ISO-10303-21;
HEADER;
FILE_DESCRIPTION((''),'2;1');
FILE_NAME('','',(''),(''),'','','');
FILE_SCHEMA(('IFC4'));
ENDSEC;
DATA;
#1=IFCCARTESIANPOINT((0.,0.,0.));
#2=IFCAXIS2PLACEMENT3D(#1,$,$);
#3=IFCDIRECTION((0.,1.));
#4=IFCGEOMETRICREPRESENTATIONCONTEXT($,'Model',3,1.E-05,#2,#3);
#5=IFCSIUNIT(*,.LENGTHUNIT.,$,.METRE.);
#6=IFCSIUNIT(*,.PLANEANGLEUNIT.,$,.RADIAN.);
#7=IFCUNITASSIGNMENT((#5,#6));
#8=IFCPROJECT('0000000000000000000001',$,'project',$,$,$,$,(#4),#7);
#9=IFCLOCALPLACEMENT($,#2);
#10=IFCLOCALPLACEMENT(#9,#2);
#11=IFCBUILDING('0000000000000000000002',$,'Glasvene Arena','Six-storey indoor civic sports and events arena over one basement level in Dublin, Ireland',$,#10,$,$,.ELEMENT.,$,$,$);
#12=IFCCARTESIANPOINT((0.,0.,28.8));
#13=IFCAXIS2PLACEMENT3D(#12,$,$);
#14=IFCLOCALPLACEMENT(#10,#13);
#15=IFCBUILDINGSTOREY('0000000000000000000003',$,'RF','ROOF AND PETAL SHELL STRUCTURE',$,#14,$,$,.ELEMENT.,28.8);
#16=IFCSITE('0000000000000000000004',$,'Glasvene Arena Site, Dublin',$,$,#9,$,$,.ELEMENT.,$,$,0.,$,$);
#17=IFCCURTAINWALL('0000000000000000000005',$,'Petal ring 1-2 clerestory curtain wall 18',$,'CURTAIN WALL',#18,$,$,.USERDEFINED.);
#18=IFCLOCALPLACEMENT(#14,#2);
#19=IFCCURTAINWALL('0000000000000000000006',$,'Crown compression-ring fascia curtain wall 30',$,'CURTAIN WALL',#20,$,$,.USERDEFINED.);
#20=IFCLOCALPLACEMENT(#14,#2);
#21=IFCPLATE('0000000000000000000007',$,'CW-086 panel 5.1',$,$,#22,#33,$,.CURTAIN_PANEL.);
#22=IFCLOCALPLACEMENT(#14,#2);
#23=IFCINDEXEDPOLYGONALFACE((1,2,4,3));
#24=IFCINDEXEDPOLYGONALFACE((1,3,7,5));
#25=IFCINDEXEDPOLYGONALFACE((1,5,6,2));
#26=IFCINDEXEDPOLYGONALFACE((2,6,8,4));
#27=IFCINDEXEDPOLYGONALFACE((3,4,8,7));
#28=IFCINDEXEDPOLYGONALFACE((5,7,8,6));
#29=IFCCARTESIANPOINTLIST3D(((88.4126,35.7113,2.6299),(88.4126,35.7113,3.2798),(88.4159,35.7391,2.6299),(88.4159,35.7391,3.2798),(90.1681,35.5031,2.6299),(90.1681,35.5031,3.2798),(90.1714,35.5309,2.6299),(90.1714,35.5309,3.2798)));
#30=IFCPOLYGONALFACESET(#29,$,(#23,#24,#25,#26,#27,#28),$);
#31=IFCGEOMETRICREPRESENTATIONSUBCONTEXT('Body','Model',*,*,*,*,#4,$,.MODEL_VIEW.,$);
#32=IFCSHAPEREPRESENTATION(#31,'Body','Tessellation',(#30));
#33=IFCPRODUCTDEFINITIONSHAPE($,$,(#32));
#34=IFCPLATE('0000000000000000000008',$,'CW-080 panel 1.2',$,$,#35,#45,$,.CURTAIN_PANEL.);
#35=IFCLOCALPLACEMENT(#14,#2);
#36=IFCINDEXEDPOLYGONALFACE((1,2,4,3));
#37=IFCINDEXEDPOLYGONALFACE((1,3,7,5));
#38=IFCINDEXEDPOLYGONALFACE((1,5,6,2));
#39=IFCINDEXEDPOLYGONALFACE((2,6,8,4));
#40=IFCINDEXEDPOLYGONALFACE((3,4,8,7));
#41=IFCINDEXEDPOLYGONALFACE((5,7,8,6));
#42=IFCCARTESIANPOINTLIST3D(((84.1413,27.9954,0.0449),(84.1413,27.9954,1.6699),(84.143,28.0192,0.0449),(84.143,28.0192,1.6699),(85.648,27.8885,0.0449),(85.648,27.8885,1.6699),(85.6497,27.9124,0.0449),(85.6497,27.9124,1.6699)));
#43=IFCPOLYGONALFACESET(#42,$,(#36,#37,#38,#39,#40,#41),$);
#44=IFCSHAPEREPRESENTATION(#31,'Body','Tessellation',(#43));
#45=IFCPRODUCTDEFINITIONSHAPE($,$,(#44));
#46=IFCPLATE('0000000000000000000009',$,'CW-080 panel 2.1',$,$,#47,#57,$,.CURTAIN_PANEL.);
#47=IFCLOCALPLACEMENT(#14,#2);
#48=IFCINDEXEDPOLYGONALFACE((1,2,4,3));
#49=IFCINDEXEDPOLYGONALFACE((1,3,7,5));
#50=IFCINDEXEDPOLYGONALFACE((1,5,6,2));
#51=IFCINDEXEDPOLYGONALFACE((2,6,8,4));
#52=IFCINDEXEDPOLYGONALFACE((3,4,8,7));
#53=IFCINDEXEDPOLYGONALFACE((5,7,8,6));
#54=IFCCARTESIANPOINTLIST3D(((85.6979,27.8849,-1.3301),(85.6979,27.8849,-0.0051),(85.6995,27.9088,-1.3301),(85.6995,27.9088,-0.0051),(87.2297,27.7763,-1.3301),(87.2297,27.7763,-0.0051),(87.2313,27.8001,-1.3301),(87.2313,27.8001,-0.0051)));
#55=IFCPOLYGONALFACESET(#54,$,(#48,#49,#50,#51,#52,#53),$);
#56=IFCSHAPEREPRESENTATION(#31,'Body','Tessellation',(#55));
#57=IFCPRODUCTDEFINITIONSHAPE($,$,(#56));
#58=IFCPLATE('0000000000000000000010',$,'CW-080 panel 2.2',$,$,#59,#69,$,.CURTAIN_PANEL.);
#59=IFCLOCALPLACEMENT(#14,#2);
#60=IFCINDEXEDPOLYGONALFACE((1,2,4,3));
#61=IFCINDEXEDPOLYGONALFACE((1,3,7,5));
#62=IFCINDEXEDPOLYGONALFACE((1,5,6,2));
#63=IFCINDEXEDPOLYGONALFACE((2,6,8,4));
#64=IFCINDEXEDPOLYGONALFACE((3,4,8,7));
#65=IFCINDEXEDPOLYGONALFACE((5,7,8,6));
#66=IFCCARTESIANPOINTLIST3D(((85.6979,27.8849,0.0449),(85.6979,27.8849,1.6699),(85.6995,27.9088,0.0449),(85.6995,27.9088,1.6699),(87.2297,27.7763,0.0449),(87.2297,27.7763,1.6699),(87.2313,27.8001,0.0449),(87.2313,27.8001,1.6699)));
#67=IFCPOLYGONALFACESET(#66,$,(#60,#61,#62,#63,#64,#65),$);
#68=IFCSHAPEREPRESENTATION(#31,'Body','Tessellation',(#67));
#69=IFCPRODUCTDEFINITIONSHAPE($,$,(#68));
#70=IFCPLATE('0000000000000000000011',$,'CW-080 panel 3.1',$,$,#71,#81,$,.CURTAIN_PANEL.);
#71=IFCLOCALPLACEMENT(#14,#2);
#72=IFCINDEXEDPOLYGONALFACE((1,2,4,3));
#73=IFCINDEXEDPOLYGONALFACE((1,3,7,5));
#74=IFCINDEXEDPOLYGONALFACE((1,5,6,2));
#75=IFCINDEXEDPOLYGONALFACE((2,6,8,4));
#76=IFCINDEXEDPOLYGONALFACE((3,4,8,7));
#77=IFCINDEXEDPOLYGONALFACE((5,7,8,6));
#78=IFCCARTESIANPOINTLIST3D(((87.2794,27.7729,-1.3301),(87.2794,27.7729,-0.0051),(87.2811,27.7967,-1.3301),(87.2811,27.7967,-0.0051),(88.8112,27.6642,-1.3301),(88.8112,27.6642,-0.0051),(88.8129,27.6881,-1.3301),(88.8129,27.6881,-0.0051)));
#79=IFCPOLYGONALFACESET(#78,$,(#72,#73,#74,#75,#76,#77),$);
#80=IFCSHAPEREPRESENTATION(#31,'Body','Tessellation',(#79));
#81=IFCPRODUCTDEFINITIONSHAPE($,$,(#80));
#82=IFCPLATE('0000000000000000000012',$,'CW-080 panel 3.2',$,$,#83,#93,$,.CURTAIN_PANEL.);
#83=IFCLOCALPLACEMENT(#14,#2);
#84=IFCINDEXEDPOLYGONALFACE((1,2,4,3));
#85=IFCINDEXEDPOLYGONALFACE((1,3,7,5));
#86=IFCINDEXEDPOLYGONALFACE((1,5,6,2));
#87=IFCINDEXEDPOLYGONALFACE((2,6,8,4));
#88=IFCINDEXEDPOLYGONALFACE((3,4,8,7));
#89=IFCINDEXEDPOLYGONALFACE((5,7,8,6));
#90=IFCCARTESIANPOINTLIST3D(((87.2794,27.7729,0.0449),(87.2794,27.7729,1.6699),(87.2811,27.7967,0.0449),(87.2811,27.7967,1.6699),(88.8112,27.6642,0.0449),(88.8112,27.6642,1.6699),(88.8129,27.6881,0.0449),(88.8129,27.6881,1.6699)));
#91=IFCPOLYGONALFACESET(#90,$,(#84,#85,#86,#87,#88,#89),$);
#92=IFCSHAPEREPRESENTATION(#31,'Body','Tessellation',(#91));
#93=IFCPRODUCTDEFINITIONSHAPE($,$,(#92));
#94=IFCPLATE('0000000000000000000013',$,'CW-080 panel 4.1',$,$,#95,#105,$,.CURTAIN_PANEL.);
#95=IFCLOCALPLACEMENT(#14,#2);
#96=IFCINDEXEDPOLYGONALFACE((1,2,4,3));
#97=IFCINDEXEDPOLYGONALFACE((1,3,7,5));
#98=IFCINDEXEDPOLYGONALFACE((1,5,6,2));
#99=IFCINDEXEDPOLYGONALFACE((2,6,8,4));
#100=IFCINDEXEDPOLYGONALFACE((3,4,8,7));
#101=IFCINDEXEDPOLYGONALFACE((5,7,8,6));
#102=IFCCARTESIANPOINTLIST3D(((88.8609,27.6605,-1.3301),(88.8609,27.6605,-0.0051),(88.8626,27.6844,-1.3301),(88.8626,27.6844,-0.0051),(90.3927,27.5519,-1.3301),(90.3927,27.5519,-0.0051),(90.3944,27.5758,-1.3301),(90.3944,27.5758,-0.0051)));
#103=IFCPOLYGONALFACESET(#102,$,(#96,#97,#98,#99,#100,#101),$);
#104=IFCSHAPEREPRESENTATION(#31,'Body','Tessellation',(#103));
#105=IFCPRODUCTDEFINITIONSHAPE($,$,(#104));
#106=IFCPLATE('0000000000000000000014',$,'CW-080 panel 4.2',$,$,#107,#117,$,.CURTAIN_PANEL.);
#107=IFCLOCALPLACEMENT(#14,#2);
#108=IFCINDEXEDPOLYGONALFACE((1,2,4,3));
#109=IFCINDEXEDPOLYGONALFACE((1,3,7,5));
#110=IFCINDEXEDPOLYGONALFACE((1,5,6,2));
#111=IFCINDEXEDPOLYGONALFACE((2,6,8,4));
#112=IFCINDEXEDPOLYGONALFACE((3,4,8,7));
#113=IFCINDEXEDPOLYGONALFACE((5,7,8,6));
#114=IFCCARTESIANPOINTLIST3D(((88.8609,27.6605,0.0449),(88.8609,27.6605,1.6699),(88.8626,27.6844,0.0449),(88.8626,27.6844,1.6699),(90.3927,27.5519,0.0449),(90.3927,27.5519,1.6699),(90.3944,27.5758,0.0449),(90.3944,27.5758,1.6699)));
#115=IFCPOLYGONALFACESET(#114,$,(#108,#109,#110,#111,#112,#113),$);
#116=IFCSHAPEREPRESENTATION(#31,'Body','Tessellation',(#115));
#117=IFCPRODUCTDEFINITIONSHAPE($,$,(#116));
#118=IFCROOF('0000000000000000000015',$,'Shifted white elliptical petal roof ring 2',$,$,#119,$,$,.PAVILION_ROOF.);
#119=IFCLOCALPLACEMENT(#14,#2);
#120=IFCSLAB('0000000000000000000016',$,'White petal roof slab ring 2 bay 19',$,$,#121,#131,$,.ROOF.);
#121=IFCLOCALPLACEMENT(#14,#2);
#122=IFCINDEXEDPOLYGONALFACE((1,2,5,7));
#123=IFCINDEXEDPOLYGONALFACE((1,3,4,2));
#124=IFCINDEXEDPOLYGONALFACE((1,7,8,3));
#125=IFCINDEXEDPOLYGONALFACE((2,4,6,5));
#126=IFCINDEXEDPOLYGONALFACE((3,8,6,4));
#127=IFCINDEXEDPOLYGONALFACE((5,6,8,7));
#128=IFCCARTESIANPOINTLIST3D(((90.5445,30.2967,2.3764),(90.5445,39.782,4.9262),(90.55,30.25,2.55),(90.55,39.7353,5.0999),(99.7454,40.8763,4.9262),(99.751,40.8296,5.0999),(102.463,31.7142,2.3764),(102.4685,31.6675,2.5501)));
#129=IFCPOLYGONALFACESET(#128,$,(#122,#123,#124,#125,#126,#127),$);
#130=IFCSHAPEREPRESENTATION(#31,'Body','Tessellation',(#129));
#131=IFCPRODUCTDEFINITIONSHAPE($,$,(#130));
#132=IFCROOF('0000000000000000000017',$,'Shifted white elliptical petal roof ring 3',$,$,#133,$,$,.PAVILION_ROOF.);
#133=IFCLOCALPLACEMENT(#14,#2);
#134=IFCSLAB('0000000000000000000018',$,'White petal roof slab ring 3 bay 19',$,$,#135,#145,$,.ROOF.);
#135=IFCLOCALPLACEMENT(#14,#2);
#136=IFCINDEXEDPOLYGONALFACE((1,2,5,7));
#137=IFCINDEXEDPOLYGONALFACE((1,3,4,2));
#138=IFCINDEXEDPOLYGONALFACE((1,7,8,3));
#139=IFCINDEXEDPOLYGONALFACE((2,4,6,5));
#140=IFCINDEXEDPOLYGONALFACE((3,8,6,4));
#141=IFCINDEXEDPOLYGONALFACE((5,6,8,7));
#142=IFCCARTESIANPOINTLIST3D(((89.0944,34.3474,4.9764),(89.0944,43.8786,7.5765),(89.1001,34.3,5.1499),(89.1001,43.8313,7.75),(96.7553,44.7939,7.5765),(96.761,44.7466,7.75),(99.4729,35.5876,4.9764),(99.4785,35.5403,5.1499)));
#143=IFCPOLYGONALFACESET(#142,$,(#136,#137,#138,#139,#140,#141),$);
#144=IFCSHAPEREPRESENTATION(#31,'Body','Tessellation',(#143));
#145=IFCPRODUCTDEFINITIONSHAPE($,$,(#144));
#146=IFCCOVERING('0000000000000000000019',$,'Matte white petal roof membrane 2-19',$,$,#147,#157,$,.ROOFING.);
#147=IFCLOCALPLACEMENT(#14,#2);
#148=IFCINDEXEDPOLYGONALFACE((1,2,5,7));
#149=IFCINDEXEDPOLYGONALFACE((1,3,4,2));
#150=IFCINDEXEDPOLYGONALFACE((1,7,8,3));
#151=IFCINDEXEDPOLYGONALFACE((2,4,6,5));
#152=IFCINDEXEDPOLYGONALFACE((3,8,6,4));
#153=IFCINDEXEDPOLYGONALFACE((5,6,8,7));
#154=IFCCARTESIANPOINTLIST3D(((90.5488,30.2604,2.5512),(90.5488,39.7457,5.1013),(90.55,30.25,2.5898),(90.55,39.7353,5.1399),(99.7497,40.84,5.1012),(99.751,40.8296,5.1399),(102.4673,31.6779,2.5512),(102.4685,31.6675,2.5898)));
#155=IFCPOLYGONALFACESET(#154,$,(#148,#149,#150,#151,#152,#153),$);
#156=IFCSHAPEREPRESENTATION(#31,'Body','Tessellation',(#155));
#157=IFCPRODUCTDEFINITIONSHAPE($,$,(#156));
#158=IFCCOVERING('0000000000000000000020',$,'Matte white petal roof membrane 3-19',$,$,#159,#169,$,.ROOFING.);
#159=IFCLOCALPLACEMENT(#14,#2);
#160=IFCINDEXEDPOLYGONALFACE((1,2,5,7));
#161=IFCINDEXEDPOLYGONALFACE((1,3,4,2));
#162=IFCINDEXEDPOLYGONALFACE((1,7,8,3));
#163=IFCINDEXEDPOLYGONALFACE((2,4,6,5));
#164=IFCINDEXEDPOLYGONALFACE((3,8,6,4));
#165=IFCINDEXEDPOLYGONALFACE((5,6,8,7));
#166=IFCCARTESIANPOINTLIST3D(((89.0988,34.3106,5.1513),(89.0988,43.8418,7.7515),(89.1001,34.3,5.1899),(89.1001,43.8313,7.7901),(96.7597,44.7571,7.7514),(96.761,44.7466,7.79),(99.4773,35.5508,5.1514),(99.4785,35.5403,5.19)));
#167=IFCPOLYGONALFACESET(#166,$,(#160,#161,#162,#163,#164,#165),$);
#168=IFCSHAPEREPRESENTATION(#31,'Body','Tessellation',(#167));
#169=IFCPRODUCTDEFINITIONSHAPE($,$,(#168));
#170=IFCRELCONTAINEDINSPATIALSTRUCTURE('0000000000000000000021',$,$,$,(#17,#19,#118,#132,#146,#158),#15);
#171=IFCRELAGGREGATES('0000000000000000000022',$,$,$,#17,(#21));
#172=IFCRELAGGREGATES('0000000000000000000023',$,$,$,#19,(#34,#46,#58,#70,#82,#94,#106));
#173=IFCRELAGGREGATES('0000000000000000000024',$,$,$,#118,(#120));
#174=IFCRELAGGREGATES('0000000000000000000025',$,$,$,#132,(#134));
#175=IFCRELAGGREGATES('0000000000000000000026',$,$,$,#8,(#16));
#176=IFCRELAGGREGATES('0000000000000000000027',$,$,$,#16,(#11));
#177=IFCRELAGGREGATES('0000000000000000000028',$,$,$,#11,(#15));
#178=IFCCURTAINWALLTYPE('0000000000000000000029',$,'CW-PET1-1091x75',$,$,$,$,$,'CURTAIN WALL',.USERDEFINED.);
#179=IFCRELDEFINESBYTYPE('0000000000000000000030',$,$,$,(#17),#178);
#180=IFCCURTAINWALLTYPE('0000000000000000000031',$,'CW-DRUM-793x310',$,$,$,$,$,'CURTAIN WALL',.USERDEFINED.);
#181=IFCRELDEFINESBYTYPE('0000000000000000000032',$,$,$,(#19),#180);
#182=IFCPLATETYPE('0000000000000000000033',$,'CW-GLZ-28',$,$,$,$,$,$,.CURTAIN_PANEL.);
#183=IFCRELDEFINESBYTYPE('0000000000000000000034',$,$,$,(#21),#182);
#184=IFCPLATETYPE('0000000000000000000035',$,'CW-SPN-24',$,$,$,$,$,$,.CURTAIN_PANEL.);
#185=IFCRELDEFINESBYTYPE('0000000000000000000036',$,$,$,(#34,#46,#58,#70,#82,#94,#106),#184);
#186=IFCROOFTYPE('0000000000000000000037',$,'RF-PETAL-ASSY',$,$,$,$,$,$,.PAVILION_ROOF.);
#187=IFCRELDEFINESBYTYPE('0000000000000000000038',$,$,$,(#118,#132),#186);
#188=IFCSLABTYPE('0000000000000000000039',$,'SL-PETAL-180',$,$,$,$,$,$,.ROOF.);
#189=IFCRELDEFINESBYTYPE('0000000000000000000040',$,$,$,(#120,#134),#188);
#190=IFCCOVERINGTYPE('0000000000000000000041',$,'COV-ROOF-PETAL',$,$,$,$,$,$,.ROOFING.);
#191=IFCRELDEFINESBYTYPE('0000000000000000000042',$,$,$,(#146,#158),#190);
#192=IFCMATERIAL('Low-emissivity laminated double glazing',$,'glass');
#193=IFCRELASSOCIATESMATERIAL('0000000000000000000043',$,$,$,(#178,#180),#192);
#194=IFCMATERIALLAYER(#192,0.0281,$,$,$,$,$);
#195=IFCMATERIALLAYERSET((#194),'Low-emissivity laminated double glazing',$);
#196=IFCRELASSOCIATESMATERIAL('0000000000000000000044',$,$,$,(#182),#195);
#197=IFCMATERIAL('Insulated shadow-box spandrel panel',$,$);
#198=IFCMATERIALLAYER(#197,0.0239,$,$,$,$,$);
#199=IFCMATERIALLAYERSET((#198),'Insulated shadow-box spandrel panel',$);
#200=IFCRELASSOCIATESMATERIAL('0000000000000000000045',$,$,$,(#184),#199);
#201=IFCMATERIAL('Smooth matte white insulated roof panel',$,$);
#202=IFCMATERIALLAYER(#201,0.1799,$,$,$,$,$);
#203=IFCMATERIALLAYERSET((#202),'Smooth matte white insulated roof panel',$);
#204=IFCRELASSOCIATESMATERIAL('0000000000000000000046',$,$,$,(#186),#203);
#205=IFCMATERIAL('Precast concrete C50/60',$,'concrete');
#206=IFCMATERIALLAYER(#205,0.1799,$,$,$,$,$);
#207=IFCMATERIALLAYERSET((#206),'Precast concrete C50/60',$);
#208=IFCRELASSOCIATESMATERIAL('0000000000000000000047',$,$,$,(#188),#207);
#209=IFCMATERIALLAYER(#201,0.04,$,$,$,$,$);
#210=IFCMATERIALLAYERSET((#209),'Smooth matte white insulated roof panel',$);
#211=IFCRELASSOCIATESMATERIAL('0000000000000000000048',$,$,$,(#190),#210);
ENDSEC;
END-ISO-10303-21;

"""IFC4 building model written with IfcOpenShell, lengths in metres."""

from ifc_helpers import new_model, si_unit, direction, frame, origin, origin_2d, place, context, subcontext, project, spatial, polyline, rectangle, outline, extrude, material, layer, layer_set, type_object, element, aggregate, save


model = new_model("IFC4")

# Units and contexts
model_context = context("Model", 3, precision=1e-05, world=origin(), true_north=direction((0.0, 1.0)))
body_context = subcontext(model_context, "Body", "Model", "MODEL_VIEW")
ifc_project = project(units=[si_unit("LENGTHUNIT", "METRE"), si_unit("PLANEANGLEUNIT", "RADIAN")], contexts=[model_context])

# Site, building, storey
site_placement = place(None, origin())
site = spatial("IfcSite", under=ifc_project, at=site_placement, Name="Glasvene Arena Site, Dublin", CompositionType="ELEMENT", RefElevation=0.0)
building_placement = place(site_placement, origin())
building = spatial("IfcBuilding", under=site, at=building_placement, Name="Glasvene Arena", Description="Six-storey indoor civic sports and events arena over one basement level in Dublin, Ireland", CompositionType="ELEMENT")
storey_placement = place(building_placement, frame((0.0, 0.0, 28.8)))
storey = spatial("IfcBuildingStorey", under=building, at=storey_placement, Name="RF", Description="ROOF AND PETAL SHELL STRUCTURE", CompositionType="ELEMENT", Elevation=28.8)

# Curtain wall
ifc_material_1 = material(Name="Low-emissivity laminated double glazing", Category="glass")
curtain_wall_type_1 = type_object("IfcCurtainWallType", Name="CW-PET1-1091x75", ElementType="CURTAIN WALL", PredefinedType="USERDEFINED", material=ifc_material_1)
curtain_wall_1_placement = place(storey_placement, frame((81.1685, 36.5847, 0.0)))
curtain_wall_1 = element("IfcCurtainWall", 1, at=curtain_wall_1_placement, inside=storey, type_object=curtain_wall_type_1, Name="Petal ring 1-2 clerestory curtain wall 18", ObjectType="CURTAIN WALL", PredefinedType="USERDEFINED")

# Curtain wall
curtain_wall_type_2 = type_object("IfcCurtainWallType", Name="CW-DRUM-793x310", ElementType="CURTAIN WALL", PredefinedType="USERDEFINED", material=ifc_material_1)
curtain_wall_2_placement = place(storey_placement, frame((84.0923, 28.0107, 0.0)))
curtain_wall_2 = element("IfcCurtainWall", 2, at=curtain_wall_2_placement, inside=storey, type_object=curtain_wall_type_2, Name="Crown compression-ring fascia curtain wall 30", ObjectType="CURTAIN WALL", PredefinedType="USERDEFINED")

# Plates
ifc_layer_1 = layer(ifc_material_1, 0.0281)
ifc_layer_set_1 = layer_set([ifc_layer_1], Name="Low-emissivity laminated double glazing")
plate_type_1 = type_object("IfcPlateType", Name="CW-GLZ-28", PredefinedType="CURTAIN_PANEL", material=ifc_layer_set_1)
plate_1_placement = place(storey_placement, frame((89.292, 35.6211, 2.6299), z_axis=(0.0, 0.0, 1.0), x_axis=(0.993041, -0.117772, 0.0)))
plate_1 = element("IfcPlate", 3, at=plate_1_placement, type_object=plate_type_1, Name="CW-086 panel 5.1", PredefinedType="CURTAIN_PANEL", context=body_context, shape_type="SweptSolid", body=[
    extrude(rectangle(XDim=1.7678, YDim=0.0281, at=origin_2d()), origin(), (0.0, 0.0, 1.0), 0.6499),
])
aggregate(curtain_wall_1, [plate_1])
ifc_material_2 = material(Name="Insulated shadow-box spandrel panel")
ifc_layer_2 = layer(ifc_material_2, 0.0239)
ifc_layer_set_2 = layer_set([ifc_layer_2], Name="Insulated shadow-box spandrel panel")
plate_type_2 = type_object("IfcPlateType", Name="CW-SPN-24", PredefinedType="CURTAIN_PANEL", material=ifc_layer_set_2)
plate_2_placement = place(storey_placement, frame((84.8955, 27.9539, 0.0449), z_axis=(0.0, 0.0, 1.0), x_axis=(0.997495, -0.07074, 0.0)))
plate_2 = element("IfcPlate", 4, at=plate_2_placement, type_object=plate_type_2, Name="CW-080 panel 1.2", PredefinedType="CURTAIN_PANEL", context=body_context, shape_type="SweptSolid", body=[
    extrude(rectangle(XDim=1.5105, YDim=0.0239, at=origin_2d()), origin(), (0.0, 0.0, 1.0), 1.625),
])
plate_3_placement = place(storey_placement, frame((86.4646, 27.8425, -1.3301), z_axis=(0.0, 0.0, 1.0), x_axis=(0.997495, -0.07074, 0.0)))
plate_3 = element("IfcPlate", 5, at=plate_3_placement, type_object=plate_type_2, Name="CW-080 panel 2.1", PredefinedType="CURTAIN_PANEL", context=body_context, shape_type="SweptSolid", body=[
    extrude(rectangle(XDim=1.5356, YDim=0.0239, at=origin_2d()), origin(), (0.0, 0.0, 1.0), 1.325),
])
plate_4_placement = place(storey_placement, frame((86.4646, 27.8425, 0.0449), z_axis=(0.0, 0.0, 1.0), x_axis=(0.997495, -0.07074, 0.0)))
plate_4 = element("IfcPlate", 6, at=plate_4_placement, type_object=plate_type_2, Name="CW-080 panel 2.2", PredefinedType="CURTAIN_PANEL", context=body_context, shape_type="SweptSolid", body=[
    extrude(rectangle(XDim=1.5356, YDim=0.0239, at=origin_2d()), origin(), (0.0, 0.0, 1.0), 1.625),
])
plate_5_placement = place(storey_placement, frame((88.0461, 27.7305, -1.3301), z_axis=(0.0, 0.0, 1.0), x_axis=(0.997495, -0.07074, 0.0)))
plate_5 = element("IfcPlate", 7, at=plate_5_placement, type_object=plate_type_2, Name="CW-080 panel 3.1", PredefinedType="CURTAIN_PANEL", context=body_context, shape_type="SweptSolid", body=[
    extrude(rectangle(XDim=1.5356, YDim=0.0239, at=origin_2d()), origin(), (0.0, 0.0, 1.0), 1.325),
])
plate_6_placement = place(storey_placement, frame((88.0461, 27.7305, 0.0449), z_axis=(0.0, 0.0, 1.0), x_axis=(0.997495, -0.07074, 0.0)))
plate_6 = element("IfcPlate", 8, at=plate_6_placement, type_object=plate_type_2, Name="CW-080 panel 3.2", PredefinedType="CURTAIN_PANEL", context=body_context, shape_type="SweptSolid", body=[
    extrude(rectangle(XDim=1.5356, YDim=0.0239, at=origin_2d()), origin(), (0.0, 0.0, 1.0), 1.625),
])
plate_7_placement = place(storey_placement, frame((89.6277, 27.6182, -1.3301), z_axis=(0.0, 0.0, 1.0), x_axis=(0.997495, -0.07074, 0.0)))
plate_7 = element("IfcPlate", 9, at=plate_7_placement, type_object=plate_type_2, Name="CW-080 panel 4.1", PredefinedType="CURTAIN_PANEL", context=body_context, shape_type="SweptSolid", body=[
    extrude(rectangle(XDim=1.5356, YDim=0.0239, at=origin_2d()), origin(), (0.0, 0.0, 1.0), 1.325),
])
plate_8_placement = place(storey_placement, frame((89.6277, 27.6182, 0.0449), z_axis=(0.0, 0.0, 1.0), x_axis=(0.997495, -0.07074, 0.0)))
plate_8 = element("IfcPlate", 10, at=plate_8_placement, type_object=plate_type_2, Name="CW-080 panel 4.2", PredefinedType="CURTAIN_PANEL", context=body_context, shape_type="SweptSolid", body=[
    extrude(rectangle(XDim=1.5356, YDim=0.0239, at=origin_2d()), origin(), (0.0, 0.0, 1.0), 1.625),
])
aggregate(curtain_wall_2, [plate_2, plate_3, plate_4, plate_5, plate_6, plate_7, plate_8])

# Roofs, slabs
ifc_material_3 = material(Name="Smooth matte white insulated roof panel")
ifc_layer_3 = layer(ifc_material_3, 0.1799)
ifc_layer_set_3 = layer_set([ifc_layer_3], Name="Smooth matte white insulated roof panel")
roof_type = type_object("IfcRoofType", Name="RF-PETAL-ASSY", PredefinedType="PAVILION_ROOF", material=ifc_layer_set_3)
roof_1_placement = place(storey_placement, frame((90.55, 71.8501, 2.55)))
roof_1 = element("IfcRoof", 11, at=roof_1_placement, inside=storey, type_object=roof_type, Name="Shifted white elliptical petal roof ring 2", PredefinedType="PAVILION_ROOF")
ifc_material_4 = material(Name="Precast concrete C50/60", Category="concrete")
ifc_layer_4 = layer(ifc_material_4, 0.1799)
ifc_layer_set_4 = layer_set([ifc_layer_4], Name="Precast concrete C50/60")
slab_type = type_object("IfcSlabType", Name="SL-PETAL-180", PredefinedType="ROOF", material=ifc_layer_set_4)
slab_1_placement = place(storey_placement, frame((90.55, 30.25, 2.55), z_axis=(0.030859, -0.259476, 0.965256), x_axis=(0.993002, 0.118099, 0.0)))
slab_1 = element("IfcSlab", 12, at=slab_1_placement, type_object=slab_type, Name="White petal roof slab ring 2 bay 19", PredefinedType="ROOF", context=body_context, shape_type="SweptSolid", body=[
    extrude(outline(polyline([(0.0, 0.0), (12.0025, 0.0), (10.386, 9.758), (1.1202, 9.758), (0.0, 0.0)])), origin(), (0.0, 0.0, -1.0), 0.1799),
])
aggregate(roof_1, [slab_1])
roof_2_placement = place(storey_placement, frame((89.1001, 70.7, 5.1499)))
roof_2 = element("IfcRoof", 13, at=roof_2_placement, inside=storey, type_object=roof_type, Name="Shifted white elliptical petal roof ring 3", PredefinedType="PAVILION_ROOF")
slab_2_placement = place(storey_placement, frame((89.1001, 34.3, 5.1499), z_axis=(0.031432, -0.263053, 0.964269), x_axis=(0.992935, 0.118656, 0.000003)))
slab_2 = element("IfcSlab", 14, at=slab_2_placement, type_object=slab_type, Name="White petal roof slab ring 3 bay 19", PredefinedType="ROOF", context=body_context, shape_type="SweptSolid", body=[
    extrude(outline(polyline([(0.0, 0.0), (10.4523, 0.0), (8.8463, 9.8144), (1.131, 9.8146), (0.0, 0.0)])), origin(), (0.0, 0.0, -1.0), 0.1799),
])
aggregate(roof_2, [slab_2])

# Coverings
ifc_layer_5 = layer(ifc_material_3, 0.04)
ifc_layer_set_5 = layer_set([ifc_layer_5], Name="Smooth matte white insulated roof panel")
covering_type = type_object("IfcCoveringType", Name="COV-ROOF-PETAL", PredefinedType="ROOFING", material=ifc_layer_set_5)
covering_1_placement = place(storey_placement, frame((90.55, 30.25, 2.5898), z_axis=(0.030862, -0.259499, 0.96525), x_axis=(0.993002, 0.118099, 0.0)))
element("IfcCovering", 15, at=covering_1_placement, inside=storey, type_object=covering_type, Name="Matte white petal roof membrane 2-19", PredefinedType="ROOFING", context=body_context, shape_type="SweptSolid", body=[
    extrude(outline(polyline([(0.0, 0.0), (12.0025, 0.0), (10.386, 9.758), (1.1202, 9.7581), (0.0, 0.0)])), origin(), (0.0, 0.0, -1.0), 0.04),
])
covering_2_placement = place(storey_placement, frame((89.1001, 34.3, 5.1899), z_axis=(0.031432, -0.263053, 0.964269), x_axis=(0.992935, 0.118656, 0.000003)))
element("IfcCovering", 16, at=covering_2_placement, inside=storey, type_object=covering_type, Name="Matte white petal roof membrane 3-19", PredefinedType="ROOFING", context=body_context, shape_type="SweptSolid", body=[
    extrude(outline(polyline([(0.0, 0.0), (10.4523, 0.0), (8.8463, 9.8144), (1.131, 9.8146), (0.0, 0.0)])), origin(), (0.0, 0.0, -1.0), 0.04),
])

save(model, "model.ifc")
